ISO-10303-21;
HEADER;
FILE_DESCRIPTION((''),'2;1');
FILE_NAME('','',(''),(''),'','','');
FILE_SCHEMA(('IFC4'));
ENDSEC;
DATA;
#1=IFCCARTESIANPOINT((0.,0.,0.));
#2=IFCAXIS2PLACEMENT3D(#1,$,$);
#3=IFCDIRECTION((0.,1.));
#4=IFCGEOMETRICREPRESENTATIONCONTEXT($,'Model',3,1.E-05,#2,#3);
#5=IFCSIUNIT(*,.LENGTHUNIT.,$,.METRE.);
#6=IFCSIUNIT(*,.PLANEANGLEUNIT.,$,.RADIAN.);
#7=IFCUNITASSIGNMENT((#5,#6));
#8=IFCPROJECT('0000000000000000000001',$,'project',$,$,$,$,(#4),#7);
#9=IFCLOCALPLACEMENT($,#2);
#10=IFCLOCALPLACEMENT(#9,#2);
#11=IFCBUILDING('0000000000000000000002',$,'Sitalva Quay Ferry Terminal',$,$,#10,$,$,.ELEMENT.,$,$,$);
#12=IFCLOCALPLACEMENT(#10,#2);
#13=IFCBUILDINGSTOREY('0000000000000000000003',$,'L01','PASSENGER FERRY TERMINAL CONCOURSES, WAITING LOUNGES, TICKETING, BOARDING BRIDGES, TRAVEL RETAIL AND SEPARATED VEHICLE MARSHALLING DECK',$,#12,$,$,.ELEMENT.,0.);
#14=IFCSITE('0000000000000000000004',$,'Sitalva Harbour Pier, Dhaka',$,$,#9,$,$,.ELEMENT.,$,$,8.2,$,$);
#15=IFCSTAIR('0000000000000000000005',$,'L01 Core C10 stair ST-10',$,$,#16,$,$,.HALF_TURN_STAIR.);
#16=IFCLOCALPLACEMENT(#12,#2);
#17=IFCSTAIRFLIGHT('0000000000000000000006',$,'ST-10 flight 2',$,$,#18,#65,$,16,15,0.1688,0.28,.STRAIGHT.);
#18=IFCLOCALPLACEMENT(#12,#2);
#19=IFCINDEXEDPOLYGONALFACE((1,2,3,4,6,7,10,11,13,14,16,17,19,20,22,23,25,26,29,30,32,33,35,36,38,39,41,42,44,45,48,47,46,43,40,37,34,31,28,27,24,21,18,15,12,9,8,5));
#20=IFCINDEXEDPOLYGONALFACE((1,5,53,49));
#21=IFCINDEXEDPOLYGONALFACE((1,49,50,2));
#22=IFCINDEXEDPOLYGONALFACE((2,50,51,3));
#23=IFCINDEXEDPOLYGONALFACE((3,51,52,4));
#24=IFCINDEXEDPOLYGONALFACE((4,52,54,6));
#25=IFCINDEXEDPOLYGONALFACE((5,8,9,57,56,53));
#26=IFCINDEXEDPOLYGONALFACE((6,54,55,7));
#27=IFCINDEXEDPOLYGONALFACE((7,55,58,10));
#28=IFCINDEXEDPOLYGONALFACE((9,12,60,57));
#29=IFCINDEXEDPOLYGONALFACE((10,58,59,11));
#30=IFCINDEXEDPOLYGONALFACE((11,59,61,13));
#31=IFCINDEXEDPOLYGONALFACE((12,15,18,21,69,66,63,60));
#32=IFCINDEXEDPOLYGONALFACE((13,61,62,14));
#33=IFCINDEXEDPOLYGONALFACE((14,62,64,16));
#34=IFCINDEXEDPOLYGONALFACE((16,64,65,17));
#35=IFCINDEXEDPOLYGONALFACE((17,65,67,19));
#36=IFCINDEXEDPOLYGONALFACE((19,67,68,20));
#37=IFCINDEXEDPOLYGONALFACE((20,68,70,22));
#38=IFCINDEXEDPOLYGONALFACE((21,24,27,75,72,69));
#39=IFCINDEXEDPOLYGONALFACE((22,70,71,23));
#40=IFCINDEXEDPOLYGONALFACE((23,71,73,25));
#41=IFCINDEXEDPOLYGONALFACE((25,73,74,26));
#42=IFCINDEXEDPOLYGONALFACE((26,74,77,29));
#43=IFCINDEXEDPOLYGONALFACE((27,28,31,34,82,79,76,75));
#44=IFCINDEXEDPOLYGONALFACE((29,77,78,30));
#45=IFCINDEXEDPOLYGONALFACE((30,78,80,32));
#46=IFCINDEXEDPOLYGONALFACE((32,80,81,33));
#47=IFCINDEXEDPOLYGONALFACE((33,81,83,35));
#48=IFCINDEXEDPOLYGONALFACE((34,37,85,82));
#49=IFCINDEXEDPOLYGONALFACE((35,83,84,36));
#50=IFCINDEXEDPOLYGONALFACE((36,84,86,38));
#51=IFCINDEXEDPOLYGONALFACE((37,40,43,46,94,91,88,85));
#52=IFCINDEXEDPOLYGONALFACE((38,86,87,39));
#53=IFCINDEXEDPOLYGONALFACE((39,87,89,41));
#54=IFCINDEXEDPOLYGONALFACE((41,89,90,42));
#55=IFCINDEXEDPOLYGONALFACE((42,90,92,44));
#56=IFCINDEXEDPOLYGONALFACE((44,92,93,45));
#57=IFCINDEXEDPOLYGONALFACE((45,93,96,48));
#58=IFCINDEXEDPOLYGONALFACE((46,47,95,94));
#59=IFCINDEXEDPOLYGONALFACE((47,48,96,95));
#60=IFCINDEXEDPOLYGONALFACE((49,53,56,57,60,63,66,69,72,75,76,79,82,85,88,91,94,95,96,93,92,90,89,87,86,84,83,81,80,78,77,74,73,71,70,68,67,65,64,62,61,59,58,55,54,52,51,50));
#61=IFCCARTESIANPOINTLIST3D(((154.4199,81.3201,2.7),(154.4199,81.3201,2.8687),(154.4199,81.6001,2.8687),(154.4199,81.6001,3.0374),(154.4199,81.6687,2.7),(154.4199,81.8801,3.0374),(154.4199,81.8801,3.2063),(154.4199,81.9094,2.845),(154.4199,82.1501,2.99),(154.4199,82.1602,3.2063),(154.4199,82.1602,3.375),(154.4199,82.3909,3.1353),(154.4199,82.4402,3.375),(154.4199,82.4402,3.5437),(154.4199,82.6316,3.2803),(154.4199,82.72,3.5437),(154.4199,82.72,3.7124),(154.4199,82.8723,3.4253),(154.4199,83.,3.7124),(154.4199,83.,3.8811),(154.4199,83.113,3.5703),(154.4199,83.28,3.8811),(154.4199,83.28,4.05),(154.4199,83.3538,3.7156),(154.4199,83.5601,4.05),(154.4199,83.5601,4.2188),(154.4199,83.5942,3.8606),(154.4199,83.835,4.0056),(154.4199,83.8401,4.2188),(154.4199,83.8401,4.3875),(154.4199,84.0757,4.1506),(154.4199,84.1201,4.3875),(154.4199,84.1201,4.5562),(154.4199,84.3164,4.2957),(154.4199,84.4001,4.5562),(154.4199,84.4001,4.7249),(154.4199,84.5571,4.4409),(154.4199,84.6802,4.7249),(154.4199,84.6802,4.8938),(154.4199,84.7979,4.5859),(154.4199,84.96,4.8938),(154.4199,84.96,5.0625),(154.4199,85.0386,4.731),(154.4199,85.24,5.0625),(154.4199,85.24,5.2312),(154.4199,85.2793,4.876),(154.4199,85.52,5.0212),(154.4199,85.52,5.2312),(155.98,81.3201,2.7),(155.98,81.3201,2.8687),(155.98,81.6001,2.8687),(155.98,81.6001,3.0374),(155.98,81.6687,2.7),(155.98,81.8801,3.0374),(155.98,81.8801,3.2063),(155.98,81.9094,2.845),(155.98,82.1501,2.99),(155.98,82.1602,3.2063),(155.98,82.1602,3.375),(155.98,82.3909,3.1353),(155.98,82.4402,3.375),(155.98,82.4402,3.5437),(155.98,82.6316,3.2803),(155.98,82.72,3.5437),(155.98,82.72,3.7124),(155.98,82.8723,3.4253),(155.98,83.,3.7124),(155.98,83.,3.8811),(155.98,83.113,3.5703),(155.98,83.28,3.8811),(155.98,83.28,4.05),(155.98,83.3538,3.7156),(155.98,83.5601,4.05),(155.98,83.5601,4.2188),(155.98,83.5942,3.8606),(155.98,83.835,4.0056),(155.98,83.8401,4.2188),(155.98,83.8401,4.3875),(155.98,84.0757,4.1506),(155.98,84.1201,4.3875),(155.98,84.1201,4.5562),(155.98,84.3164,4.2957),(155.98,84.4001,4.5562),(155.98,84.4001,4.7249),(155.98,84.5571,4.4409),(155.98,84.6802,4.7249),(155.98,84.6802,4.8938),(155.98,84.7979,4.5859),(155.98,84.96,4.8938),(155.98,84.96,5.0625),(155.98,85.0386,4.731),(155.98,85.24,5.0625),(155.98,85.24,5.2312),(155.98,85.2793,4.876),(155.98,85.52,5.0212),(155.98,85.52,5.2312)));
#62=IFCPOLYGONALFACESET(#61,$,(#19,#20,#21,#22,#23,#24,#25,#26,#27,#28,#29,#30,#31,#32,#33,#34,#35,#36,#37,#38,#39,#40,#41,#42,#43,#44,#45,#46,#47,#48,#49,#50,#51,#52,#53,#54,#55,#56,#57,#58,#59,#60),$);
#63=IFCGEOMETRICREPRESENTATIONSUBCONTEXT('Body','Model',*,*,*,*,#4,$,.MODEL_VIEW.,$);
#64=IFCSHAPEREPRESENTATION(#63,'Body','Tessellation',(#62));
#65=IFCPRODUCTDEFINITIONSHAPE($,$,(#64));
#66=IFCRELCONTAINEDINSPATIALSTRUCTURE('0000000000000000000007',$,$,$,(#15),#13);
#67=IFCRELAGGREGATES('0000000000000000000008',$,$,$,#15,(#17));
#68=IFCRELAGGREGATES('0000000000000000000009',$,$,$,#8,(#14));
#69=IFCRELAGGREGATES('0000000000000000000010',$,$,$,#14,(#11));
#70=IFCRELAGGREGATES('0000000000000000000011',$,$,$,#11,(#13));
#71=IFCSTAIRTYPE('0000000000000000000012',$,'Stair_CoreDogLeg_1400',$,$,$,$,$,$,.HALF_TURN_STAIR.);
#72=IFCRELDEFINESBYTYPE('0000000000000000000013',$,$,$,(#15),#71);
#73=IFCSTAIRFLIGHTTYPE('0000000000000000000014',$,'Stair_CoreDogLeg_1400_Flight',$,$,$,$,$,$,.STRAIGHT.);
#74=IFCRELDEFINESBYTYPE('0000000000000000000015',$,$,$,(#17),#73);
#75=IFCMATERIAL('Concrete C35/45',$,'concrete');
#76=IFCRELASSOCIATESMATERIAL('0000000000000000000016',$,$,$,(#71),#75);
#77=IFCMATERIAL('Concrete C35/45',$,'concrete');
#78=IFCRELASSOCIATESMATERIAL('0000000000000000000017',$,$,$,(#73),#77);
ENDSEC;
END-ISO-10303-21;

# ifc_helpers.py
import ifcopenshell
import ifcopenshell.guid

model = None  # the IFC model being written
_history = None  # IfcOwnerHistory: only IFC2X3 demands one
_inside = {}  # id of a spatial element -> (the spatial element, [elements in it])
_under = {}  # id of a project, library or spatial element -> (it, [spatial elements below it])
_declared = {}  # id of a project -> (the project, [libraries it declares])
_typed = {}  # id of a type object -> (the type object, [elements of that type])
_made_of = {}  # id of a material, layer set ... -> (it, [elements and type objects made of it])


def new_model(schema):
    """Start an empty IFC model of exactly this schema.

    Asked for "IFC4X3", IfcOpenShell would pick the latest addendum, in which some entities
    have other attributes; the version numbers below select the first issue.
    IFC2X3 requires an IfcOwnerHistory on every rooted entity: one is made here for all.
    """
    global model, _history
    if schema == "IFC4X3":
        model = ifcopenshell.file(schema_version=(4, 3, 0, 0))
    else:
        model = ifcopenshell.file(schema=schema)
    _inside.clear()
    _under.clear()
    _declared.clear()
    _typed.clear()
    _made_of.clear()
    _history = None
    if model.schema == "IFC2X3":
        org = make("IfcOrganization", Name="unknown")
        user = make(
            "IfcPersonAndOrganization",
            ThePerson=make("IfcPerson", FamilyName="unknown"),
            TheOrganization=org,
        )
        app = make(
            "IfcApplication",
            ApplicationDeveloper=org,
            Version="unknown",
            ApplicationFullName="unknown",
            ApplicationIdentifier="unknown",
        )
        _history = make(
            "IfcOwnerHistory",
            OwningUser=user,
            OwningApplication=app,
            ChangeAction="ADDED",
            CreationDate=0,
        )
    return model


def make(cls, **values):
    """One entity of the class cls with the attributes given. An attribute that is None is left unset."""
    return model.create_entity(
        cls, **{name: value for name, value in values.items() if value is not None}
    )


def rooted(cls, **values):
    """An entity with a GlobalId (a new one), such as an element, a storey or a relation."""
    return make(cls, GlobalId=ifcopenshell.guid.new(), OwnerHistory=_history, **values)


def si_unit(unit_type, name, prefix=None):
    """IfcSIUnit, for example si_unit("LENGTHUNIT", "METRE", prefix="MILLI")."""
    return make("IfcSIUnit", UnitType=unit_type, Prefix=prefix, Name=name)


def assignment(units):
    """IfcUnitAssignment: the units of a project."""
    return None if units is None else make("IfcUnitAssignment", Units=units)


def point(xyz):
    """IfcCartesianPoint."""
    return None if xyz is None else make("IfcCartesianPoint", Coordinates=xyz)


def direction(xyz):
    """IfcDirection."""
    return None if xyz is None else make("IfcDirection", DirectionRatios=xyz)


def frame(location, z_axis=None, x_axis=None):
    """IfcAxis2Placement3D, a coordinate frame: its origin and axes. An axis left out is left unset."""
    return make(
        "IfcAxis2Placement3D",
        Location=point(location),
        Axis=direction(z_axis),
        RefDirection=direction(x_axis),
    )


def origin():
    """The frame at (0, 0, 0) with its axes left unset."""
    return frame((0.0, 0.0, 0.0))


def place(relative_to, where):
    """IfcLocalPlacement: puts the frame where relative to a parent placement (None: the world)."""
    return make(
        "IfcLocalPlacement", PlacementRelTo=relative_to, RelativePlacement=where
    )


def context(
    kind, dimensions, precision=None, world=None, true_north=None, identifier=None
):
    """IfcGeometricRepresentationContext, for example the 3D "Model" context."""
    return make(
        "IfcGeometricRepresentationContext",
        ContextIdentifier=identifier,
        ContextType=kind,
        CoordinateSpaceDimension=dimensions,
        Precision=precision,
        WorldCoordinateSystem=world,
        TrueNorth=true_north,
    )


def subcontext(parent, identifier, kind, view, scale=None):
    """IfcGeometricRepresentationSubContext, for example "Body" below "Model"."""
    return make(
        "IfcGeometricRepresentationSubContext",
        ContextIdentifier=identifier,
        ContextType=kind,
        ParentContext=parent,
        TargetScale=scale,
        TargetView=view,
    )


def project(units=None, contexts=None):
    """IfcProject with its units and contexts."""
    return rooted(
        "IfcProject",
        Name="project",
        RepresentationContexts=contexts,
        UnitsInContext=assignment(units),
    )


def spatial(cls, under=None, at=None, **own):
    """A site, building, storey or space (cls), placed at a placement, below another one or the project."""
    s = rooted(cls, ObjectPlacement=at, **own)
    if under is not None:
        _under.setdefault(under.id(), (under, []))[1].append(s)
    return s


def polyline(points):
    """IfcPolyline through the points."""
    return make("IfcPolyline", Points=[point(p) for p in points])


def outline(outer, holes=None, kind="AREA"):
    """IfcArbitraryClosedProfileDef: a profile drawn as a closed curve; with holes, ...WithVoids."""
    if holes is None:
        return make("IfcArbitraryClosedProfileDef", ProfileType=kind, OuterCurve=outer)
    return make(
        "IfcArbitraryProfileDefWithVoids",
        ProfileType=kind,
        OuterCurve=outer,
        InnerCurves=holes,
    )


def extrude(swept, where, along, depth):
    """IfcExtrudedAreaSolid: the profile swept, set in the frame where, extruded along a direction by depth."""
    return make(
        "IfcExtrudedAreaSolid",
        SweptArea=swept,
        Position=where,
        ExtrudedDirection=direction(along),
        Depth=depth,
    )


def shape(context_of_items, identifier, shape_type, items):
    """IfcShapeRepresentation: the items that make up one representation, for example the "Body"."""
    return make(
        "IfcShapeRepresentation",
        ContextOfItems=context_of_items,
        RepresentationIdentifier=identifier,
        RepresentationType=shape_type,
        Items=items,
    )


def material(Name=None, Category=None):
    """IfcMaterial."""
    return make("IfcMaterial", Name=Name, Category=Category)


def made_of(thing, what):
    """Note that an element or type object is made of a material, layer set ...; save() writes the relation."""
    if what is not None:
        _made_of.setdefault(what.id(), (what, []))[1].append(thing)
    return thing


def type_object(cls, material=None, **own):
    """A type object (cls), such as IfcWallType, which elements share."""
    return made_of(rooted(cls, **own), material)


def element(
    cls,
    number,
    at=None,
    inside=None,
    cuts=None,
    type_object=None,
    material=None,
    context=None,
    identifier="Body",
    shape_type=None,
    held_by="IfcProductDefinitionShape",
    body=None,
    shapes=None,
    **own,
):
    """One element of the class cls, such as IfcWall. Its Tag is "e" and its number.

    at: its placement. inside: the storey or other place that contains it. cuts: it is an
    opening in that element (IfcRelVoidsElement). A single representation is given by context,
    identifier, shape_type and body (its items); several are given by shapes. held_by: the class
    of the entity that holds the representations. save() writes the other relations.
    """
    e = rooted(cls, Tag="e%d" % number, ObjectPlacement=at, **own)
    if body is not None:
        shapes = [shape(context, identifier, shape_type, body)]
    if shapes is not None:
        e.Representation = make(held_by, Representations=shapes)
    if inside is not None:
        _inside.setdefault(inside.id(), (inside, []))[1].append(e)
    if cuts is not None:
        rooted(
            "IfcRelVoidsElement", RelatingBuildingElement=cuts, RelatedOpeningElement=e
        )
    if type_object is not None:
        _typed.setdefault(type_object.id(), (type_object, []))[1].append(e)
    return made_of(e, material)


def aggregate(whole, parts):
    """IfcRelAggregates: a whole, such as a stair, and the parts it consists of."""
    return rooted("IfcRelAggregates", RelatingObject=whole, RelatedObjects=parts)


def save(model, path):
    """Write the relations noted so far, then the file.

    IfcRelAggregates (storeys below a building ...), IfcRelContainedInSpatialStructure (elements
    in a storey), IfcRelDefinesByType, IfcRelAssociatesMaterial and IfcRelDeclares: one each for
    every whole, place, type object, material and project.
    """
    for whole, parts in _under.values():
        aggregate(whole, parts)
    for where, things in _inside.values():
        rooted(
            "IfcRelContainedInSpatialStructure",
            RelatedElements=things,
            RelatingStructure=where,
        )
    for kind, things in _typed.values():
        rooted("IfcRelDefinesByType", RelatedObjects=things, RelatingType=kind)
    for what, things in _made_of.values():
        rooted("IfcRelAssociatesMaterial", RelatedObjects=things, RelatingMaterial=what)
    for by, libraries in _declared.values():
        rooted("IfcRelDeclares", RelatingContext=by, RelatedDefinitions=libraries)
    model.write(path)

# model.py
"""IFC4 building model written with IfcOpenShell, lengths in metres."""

from ifc_helpers import new_model, si_unit, direction, frame, origin, place, context, subcontext, project, spatial, polyline, outline, extrude, material, type_object, element, aggregate, save


model = new_model("IFC4")

# Units and contexts
model_context = context("Model", 3, precision=1e-05, world=origin(), true_north=direction((0.0, 1.0)))
body_context = subcontext(model_context, "Body", "Model", "MODEL_VIEW")
ifc_project = project(units=[si_unit("LENGTHUNIT", "METRE"), si_unit("PLANEANGLEUNIT", "RADIAN")], contexts=[model_context])

# Site, building, storey
site_placement = place(None, origin())
site = spatial("IfcSite", under=ifc_project, at=site_placement, Name="Sitalva Harbour Pier, Dhaka", CompositionType="ELEMENT", RefElevation=8.2)
building_placement = place(site_placement, origin())
building = spatial("IfcBuilding", under=site, at=building_placement, Name="Sitalva Quay Ferry Terminal", CompositionType="ELEMENT")
storey_placement = place(building_placement, origin())
storey = spatial("IfcBuildingStorey", under=building, at=storey_placement, Name="L01", Description="PASSENGER FERRY TERMINAL CONCOURSES, WAITING LOUNGES, TICKETING, BOARDING BRIDGES, TRAVEL RETAIL AND SEPARATED VEHICLE MARSHALLING DECK", CompositionType="ELEMENT", Elevation=0.0)

# Stair, stair flight
ifc_material_1 = material(Name="Concrete C35/45", Category="concrete")
stair_type = type_object("IfcStairType", Name="Stair_CoreDogLeg_1400", PredefinedType="HALF_TURN_STAIR", material=ifc_material_1)
stair_placement = place(storey_placement, origin())
stair = element("IfcStair", 1, at=stair_placement, inside=storey, type_object=stair_type, Name="L01 Core C10 stair ST-10", PredefinedType="HALF_TURN_STAIR")
ifc_material_2 = material(Name="Concrete C35/45", Category="concrete")
stair_flight_type = type_object("IfcStairFlightType", Name="Stair_CoreDogLeg_1400_Flight", PredefinedType="STRAIGHT", material=ifc_material_2)
stair_flight_placement = place(storey_placement, frame((155.2, 81.3201, 2.7), z_axis=(0.0, 0.0, 1.0), x_axis=(0.0, 1.0, 0.0)))
stair_flight = element("IfcStairFlight", 2, at=stair_flight_placement, type_object=stair_flight_type, Name="ST-10 flight 2", NumberOfRisers=16, NumberOfTreads=15, PredefinedType="STRAIGHT", RiserHeight=0.1688, TreadLength=0.28, context=body_context, shape_type="SweptSolid", body=[
    extrude(outline(polyline([(0.0, 0.0), (0.0, 0.1687), (0.28, 0.1687), (0.28, 0.3374), (0.5601, 0.3374), (0.5601, 0.5063), (0.8401, 0.5063), (0.8401, 0.675), (1.1201, 0.675), (1.1201, 0.8438), (1.3999, 0.8438), (1.3999, 1.0125), (1.6799, 1.0125), (1.6799, 1.1812), (1.96, 1.1812), (1.96, 1.3501), (2.24, 1.3501), (2.24, 1.5188), (2.52, 1.5188), (2.52, 1.6875), (2.8, 1.6875), (2.8, 1.8562), (3.0801, 1.8562), (3.0801, 2.0249), (3.3601, 2.0249), (3.3601, 2.1938), (3.6399, 2.1938), (3.6399, 2.3625), (3.9199, 2.3625), (3.9199, 2.5312), (4.2, 2.5312), (4.2, 2.7), (4.2, 2.3213), (3.9592, 2.176), (3.7185, 2.031), (3.4778, 1.886), (3.2371, 1.741), (2.9963, 1.5957), (2.7556, 1.4507), (2.5149, 1.3057), (2.2742, 1.1606), (2.0337, 1.0156), (1.793, 0.8704), (1.5522, 0.7253), (1.3115, 0.5803), (1.0708, 0.4353), (0.8301, 0.29), (0.5894, 0.145), (0.3486, 0.0), (0.0, 0.0)])), frame((0.0, 0.78, 0.0), z_axis=(0.0, -1.0, 0.0), x_axis=(1.0, 0.0, 0.0)), (0.0, 0.0, 1.0), 1.5601),
])
aggregate(stair, [stair_flight])

save(model, "model.ifc")
